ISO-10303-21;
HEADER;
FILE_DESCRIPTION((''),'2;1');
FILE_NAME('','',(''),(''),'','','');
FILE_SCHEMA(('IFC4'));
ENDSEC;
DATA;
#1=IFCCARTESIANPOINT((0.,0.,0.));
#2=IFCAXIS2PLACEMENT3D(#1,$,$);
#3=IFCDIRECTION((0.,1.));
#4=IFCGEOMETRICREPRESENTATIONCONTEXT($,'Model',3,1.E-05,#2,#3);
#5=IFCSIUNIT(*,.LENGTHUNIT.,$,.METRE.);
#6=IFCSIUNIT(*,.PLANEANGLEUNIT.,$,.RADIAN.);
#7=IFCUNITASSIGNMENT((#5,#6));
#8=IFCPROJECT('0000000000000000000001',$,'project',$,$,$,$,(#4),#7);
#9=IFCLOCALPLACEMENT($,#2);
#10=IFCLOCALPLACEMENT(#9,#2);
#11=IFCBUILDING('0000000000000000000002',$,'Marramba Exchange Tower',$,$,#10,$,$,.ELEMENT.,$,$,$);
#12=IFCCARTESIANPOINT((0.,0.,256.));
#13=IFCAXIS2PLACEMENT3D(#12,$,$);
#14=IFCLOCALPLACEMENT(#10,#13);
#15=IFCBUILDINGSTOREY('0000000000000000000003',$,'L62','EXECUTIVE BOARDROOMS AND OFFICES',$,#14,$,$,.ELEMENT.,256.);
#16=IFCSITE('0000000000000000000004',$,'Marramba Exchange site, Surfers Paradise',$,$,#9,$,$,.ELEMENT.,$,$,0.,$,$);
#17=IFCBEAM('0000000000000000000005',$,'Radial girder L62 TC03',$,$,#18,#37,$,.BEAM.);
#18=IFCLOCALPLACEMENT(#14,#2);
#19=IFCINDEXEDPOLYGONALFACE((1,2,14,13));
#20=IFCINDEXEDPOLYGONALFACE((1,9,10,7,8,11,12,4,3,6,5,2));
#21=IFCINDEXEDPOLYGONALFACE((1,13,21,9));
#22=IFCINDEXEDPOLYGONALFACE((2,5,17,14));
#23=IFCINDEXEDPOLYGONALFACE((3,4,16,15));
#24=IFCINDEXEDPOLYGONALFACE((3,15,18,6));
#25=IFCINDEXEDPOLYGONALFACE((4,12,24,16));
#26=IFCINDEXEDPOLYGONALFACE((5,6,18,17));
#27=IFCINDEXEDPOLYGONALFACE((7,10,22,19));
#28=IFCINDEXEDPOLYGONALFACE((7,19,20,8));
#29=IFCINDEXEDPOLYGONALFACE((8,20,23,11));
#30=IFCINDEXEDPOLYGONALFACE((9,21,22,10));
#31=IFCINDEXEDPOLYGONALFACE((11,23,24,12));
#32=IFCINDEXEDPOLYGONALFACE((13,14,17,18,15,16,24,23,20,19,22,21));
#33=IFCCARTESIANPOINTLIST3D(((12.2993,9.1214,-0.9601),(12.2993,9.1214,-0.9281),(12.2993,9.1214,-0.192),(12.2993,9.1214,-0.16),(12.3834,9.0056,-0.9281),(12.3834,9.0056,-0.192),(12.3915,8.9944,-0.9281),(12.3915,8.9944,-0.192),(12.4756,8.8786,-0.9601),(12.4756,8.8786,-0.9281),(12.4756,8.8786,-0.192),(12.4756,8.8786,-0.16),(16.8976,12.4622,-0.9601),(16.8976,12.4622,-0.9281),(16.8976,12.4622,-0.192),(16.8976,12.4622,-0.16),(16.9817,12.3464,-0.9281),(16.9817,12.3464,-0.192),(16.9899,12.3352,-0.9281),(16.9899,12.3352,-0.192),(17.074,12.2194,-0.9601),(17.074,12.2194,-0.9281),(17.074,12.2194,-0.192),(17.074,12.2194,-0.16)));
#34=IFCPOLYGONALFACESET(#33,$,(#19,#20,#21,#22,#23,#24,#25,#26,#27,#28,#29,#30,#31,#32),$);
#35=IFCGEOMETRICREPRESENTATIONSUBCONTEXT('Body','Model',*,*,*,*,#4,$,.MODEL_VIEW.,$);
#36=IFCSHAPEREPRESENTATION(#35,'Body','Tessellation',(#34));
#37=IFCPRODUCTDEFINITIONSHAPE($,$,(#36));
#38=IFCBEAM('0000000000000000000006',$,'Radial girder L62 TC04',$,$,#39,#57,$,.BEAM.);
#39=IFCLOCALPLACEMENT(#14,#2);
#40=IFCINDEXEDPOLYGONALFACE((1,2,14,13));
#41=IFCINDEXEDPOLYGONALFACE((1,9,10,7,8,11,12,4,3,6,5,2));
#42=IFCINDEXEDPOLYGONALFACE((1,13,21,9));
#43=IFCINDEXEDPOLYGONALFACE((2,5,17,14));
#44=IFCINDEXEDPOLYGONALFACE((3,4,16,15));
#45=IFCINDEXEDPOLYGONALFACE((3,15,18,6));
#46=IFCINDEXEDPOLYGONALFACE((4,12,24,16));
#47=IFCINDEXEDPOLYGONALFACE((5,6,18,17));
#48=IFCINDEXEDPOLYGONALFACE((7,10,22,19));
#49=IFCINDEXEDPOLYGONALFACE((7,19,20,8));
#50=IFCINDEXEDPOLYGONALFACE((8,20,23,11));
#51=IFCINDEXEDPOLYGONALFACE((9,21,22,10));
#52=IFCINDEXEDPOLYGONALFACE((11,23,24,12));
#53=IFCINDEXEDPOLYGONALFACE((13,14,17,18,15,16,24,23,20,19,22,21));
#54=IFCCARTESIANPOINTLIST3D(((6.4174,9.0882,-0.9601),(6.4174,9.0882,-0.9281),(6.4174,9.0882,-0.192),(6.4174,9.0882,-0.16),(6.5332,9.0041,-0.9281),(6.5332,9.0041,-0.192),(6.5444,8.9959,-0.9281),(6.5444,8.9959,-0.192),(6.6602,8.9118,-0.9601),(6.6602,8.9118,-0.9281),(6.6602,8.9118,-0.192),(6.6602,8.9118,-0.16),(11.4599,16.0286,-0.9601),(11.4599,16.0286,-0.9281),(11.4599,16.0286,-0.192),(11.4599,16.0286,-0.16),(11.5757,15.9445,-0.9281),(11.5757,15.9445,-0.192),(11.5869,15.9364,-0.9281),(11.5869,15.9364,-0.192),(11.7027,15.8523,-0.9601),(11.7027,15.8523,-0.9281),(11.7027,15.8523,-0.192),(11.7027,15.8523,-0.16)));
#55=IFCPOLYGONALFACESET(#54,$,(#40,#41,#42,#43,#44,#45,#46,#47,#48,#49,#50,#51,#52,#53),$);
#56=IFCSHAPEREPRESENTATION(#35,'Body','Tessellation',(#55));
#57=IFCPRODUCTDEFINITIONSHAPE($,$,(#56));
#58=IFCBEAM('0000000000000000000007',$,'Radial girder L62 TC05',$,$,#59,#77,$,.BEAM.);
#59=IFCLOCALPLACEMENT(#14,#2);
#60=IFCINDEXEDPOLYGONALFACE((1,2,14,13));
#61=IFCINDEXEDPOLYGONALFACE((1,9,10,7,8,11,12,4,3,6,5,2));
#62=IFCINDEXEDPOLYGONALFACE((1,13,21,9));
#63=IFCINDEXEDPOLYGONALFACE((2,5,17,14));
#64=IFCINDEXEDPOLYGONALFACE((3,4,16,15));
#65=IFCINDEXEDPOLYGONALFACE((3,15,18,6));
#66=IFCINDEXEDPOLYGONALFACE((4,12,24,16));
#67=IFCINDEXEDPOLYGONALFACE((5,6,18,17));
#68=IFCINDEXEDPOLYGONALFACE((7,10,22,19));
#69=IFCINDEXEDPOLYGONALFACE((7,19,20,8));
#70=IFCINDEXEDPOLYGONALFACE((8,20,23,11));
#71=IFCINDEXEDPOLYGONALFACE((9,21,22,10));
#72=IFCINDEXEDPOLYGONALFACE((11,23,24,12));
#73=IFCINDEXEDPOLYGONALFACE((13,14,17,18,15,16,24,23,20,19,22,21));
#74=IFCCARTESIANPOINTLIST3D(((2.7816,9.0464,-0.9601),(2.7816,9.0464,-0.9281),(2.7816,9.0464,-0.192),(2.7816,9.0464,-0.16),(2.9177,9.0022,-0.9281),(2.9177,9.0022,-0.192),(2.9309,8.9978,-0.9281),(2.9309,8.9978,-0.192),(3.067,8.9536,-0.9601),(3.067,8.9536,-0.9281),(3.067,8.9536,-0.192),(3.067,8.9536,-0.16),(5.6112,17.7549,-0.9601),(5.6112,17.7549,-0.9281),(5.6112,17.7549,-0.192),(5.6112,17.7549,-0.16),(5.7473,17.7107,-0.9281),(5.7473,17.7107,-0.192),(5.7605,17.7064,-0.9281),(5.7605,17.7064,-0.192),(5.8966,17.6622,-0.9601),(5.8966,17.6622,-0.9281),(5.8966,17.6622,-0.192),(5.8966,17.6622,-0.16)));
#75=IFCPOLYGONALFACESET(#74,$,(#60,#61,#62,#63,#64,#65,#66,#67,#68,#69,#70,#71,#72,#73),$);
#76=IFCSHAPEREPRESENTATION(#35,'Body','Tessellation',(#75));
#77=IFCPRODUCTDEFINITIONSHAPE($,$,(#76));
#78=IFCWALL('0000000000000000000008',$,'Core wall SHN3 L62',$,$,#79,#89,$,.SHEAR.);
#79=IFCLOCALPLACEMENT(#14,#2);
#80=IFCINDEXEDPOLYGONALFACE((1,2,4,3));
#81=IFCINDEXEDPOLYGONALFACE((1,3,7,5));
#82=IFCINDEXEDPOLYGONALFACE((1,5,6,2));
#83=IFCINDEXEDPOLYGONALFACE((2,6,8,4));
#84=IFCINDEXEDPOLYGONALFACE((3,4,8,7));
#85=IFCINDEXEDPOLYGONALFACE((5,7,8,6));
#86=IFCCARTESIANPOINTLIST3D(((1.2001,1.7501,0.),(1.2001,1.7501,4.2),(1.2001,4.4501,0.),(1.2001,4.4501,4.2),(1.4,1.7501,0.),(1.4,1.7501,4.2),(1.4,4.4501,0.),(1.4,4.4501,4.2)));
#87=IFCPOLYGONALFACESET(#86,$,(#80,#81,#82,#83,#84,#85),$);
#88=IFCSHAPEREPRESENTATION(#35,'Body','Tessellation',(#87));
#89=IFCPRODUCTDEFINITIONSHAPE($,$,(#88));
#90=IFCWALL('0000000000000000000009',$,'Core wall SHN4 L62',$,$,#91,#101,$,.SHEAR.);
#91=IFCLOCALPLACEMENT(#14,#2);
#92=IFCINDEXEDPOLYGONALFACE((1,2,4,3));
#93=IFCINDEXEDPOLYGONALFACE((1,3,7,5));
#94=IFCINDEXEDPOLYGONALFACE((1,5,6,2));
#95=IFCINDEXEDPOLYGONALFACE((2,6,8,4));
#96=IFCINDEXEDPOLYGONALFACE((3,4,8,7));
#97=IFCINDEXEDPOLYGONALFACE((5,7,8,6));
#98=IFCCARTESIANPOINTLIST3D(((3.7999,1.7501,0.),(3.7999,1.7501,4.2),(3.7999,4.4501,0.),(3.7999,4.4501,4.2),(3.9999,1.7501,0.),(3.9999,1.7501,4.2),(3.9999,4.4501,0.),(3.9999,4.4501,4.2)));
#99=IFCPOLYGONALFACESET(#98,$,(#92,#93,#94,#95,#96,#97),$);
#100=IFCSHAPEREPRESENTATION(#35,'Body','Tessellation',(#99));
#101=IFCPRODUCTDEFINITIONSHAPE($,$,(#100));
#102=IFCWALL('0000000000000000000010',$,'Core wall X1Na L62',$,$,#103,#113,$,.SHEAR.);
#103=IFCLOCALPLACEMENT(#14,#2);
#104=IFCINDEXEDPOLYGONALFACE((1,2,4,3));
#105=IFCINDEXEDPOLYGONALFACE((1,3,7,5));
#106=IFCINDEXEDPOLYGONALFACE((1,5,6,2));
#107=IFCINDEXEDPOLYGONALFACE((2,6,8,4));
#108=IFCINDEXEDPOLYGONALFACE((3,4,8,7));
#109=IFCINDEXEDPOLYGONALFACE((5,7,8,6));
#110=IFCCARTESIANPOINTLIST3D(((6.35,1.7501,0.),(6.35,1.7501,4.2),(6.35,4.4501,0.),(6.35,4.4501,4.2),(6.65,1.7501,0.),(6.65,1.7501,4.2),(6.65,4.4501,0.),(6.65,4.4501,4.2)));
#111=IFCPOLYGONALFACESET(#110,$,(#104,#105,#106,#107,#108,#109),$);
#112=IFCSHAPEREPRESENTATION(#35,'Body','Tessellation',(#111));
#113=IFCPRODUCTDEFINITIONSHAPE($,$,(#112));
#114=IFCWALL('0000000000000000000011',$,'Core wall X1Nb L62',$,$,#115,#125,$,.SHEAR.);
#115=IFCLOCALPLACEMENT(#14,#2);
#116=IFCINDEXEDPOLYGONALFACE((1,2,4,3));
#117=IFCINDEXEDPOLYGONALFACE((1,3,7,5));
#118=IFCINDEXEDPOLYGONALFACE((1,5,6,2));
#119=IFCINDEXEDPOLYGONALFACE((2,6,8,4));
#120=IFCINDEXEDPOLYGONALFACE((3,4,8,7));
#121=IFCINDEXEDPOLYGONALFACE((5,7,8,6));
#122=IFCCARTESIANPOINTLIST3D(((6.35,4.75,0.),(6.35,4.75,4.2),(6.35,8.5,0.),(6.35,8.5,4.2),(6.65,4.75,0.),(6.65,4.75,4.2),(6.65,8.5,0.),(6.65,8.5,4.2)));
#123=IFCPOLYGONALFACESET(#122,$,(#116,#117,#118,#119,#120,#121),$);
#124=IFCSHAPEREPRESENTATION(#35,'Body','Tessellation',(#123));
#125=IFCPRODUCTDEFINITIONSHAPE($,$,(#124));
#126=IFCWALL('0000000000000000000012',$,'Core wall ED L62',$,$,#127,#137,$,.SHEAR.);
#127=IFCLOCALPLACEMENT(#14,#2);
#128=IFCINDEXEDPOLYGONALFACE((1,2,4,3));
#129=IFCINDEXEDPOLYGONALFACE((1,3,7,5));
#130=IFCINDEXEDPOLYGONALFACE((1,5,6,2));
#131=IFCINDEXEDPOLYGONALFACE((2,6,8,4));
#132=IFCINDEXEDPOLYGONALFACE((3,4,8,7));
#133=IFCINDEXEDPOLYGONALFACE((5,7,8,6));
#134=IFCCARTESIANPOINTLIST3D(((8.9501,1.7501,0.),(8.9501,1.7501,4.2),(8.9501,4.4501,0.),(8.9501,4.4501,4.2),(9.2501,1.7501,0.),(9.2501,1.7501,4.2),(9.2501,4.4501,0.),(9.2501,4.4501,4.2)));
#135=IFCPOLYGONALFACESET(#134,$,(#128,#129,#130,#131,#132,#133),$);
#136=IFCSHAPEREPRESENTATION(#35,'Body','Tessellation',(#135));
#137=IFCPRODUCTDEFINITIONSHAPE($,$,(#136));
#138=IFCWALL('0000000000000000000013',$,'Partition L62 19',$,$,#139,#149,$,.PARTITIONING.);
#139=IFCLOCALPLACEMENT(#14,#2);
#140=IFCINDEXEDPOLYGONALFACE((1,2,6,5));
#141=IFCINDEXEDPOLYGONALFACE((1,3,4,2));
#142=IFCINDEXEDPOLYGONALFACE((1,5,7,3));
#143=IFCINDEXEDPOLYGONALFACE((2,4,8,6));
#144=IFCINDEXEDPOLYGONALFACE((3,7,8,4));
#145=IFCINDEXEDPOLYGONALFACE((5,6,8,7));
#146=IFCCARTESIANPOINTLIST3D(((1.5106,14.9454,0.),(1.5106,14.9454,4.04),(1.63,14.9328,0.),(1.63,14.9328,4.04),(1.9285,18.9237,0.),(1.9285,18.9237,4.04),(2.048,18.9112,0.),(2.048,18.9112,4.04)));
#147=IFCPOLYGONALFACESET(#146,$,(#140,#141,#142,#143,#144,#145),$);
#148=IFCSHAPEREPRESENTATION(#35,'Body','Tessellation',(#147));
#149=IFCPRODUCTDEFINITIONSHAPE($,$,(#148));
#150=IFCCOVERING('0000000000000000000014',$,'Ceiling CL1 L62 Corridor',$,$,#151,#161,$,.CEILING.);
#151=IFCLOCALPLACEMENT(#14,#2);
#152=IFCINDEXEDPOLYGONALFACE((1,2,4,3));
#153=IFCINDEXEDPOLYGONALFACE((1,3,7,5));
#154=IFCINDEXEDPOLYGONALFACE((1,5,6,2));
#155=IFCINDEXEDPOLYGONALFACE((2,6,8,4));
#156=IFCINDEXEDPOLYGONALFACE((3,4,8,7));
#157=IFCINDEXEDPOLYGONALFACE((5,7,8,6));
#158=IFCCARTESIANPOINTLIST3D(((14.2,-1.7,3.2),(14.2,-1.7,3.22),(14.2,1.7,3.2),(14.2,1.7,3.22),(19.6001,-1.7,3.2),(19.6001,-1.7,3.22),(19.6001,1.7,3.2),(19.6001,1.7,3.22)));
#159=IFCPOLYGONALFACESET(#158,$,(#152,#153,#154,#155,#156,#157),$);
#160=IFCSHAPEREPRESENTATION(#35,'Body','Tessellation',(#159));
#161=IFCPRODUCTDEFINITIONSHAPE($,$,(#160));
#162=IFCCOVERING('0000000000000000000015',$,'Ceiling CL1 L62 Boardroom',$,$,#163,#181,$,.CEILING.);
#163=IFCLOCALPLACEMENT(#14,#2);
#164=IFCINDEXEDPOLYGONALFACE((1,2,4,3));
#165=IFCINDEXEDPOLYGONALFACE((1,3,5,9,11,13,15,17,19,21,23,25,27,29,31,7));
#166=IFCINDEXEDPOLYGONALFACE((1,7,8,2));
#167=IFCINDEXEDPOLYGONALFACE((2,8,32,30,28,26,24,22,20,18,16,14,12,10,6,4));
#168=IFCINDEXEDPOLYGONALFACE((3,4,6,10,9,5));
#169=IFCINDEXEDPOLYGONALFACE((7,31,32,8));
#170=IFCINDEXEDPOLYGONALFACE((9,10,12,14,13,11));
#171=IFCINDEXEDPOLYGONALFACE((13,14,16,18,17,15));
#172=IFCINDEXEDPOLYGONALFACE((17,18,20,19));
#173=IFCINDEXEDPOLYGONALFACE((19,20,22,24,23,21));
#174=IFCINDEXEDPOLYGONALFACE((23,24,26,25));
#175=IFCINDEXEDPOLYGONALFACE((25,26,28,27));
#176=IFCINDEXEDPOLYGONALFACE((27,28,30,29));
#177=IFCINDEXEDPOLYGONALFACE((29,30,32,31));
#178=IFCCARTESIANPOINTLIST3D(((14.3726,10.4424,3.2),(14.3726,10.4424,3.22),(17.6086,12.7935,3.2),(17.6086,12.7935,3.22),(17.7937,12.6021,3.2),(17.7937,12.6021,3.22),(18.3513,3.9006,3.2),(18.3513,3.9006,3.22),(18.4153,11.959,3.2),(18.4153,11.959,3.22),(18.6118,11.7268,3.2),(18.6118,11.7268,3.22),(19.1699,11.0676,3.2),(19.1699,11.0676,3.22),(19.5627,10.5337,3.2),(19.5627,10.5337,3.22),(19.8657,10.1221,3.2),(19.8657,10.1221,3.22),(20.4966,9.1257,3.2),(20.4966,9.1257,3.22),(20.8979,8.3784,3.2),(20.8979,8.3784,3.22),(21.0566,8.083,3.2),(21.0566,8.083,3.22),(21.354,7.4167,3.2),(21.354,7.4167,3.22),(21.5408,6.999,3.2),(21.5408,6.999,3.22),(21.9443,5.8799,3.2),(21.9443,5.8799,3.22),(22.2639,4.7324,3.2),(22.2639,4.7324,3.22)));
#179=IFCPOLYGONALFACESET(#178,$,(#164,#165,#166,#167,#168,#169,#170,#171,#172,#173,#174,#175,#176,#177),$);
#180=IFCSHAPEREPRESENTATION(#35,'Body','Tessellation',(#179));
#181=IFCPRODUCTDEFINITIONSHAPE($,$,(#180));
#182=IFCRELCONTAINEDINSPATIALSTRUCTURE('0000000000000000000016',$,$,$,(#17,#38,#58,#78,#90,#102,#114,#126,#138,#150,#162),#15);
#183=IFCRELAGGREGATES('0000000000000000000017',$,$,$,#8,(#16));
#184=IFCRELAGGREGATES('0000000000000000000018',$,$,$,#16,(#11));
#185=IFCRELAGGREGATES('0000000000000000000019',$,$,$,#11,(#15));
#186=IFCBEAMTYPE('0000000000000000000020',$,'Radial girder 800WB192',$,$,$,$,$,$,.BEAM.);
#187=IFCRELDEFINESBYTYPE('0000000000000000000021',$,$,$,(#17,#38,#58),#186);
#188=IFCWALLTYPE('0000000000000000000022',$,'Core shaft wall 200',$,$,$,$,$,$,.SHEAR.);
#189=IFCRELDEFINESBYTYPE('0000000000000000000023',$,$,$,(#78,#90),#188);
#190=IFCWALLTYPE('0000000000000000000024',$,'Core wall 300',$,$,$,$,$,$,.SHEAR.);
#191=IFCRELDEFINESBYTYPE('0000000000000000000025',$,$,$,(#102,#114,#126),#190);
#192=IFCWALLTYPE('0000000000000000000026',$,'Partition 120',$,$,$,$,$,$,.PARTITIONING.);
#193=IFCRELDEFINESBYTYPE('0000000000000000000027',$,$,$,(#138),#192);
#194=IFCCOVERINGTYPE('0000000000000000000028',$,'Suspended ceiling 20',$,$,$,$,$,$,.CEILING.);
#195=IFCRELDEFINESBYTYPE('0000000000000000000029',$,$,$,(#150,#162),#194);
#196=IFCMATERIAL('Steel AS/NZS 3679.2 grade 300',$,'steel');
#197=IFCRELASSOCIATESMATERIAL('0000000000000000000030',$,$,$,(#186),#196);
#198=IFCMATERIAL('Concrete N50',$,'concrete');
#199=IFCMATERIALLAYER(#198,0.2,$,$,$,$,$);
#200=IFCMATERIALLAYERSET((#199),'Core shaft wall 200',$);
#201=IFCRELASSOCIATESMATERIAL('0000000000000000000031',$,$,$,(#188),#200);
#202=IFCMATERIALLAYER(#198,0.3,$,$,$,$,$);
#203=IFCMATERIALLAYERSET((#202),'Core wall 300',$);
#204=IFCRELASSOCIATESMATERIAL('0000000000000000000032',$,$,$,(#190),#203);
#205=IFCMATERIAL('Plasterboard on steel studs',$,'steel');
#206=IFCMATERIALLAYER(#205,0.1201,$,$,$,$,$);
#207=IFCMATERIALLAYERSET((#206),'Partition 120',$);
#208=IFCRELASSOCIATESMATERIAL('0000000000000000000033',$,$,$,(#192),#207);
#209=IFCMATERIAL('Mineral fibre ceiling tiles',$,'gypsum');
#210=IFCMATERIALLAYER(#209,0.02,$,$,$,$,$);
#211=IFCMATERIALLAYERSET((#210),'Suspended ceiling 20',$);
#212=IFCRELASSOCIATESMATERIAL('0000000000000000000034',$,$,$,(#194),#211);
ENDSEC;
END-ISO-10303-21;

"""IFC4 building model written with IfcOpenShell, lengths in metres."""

from ifc_helpers import new_model, si_unit, direction, frame, frame_2d, origin, origin_2d, place, context, subcontext, project, spatial, polyline, rectangle, i_section, outline, extrude, material, layer, layer_set, material_profile, profile_set, type_object, element, save


model = new_model("IFC4")

# Units and contexts
model_context = context("Model", 3, precision=1e-05, world=origin(), true_north=direction((0.0, 1.0)))
body_context = subcontext(model_context, "Body", "Model", "MODEL_VIEW")
ifc_project = project(units=[si_unit("LENGTHUNIT", "METRE"), si_unit("PLANEANGLEUNIT", "RADIAN")], contexts=[model_context])

# Site, building, storey
site_placement = place(None, origin())
site = spatial("IfcSite", under=ifc_project, at=site_placement, Name="Marramba Exchange site, Surfers Paradise", CompositionType="ELEMENT", RefElevation=0.0)
building_placement = place(site_placement, origin())
building = spatial("IfcBuilding", under=site, at=building_placement, Name="Marramba Exchange Tower", CompositionType="ELEMENT")
storey_placement = place(building_placement, frame((0.0, 0.0, 256.0)))
storey = spatial("IfcBuildingStorey", under=building, at=storey_placement, Name="L62", Description="EXECUTIVE BOARDROOMS AND OFFICES", CompositionType="ELEMENT", Elevation=256.0)

# Beams
ifc_material_1 = material(Name="Steel AS/NZS 3679.2 grade 300", Category="steel")
ifc_material_profile_1 = material_profile(ifc_material_1, i_section(OverallWidth=0.3, OverallDepth=0.8, WebThickness=0.0139, FlangeThickness=0.032, at=origin_2d()), Name="800WB192")
ifc_profile_set_1 = profile_set([ifc_material_profile_1], Name="Steel AS/NZS 3679.2 grade 300")
beam_type_1 = type_object("IfcBeamType", Name="Radial girder 800WB192", PredefinedType="BEAM", material=ifc_profile_set_1)
beam_1_placement = place(storey_placement, frame((12.3875, 9.0, -0.5601), z_axis=(0.809026, 0.587773, 0.0), x_axis=(-0.587773, 0.809026, 0.0)))
element("IfcBeam", 1, at=beam_1_placement, inside=storey, type_object=beam_type_1, Name="Radial girder L62 TC03", PredefinedType="BEAM", context=body_context, shape_type="SweptSolid", body=[
    extrude(i_section(OverallWidth=0.3, OverallDepth=0.8, WebThickness=0.0139, FlangeThickness=0.032, at=origin_2d()), origin(), (0.0, 0.0, 1.0), 5.6838),
])
beam_2_placement = place(storey_placement, frame((6.5388, 9.0, -0.5601), z_axis=(0.587782, 0.809019, 0.0), x_axis=(-0.809019, 0.587782, 0.0)))
element("IfcBeam", 2, at=beam_2_placement, inside=storey, type_object=beam_type_1, Name="Radial girder L62 TC04", PredefinedType="BEAM", context=body_context, shape_type="SweptSolid", body=[
    extrude(i_section(OverallWidth=0.3, OverallDepth=0.8, WebThickness=0.0139, FlangeThickness=0.032, at=origin_2d()), origin(), (0.0, 0.0, 1.0), 8.5789),
])
beam_3_placement = place(storey_placement, frame((2.9243, 9.0, -0.5601), z_axis=(0.30902, 0.951056, 0.0), x_axis=(-0.951056, 0.30902, 0.0)))
element("IfcBeam", 3, at=beam_3_placement, inside=storey, type_object=beam_type_1, Name="Radial girder L62 TC05", PredefinedType="BEAM", context=body_context, shape_type="SweptSolid", body=[
    extrude(i_section(OverallWidth=0.3, OverallDepth=0.8, WebThickness=0.0139, FlangeThickness=0.032, at=origin_2d()), origin(), (0.0, 0.0, 1.0), 9.1567),
])

# Walls
ifc_material_2 = material(Name="Concrete N50", Category="concrete")
ifc_layer_1 = layer(ifc_material_2, 0.2)
ifc_layer_set_1 = layer_set([ifc_layer_1], Name="Core shaft wall 200")
wall_type_1 = type_object("IfcWallType", Name="Core shaft wall 200", PredefinedType="SHEAR", material=ifc_layer_set_1)
for number, where, z_axis, x_axis, name in (
    (4, (1.3, 1.75, 0.0), (0.0, 0.0, 1.0), (0.0, 1.0, 0.0), "Core wall SHN3 L62"),
    (5, (3.8999, 1.75, 0.0), (0.0, 0.0, 1.0), (0.0, 1.0, 0.0), "Core wall SHN4 L62"),
):
    element("IfcWall", number, at=place(storey_placement, frame(where, z_axis=z_axis, x_axis=x_axis)), inside=storey, type_object=wall_type_1, Name=name, PredefinedType="SHEAR", context=body_context, shape_type="SweptSolid", body=[
        extrude(rectangle(XDim=2.7, YDim=0.2, at=frame_2d((1.3501, 0.0))), origin(), (0.0, 0.0, 1.0), 4.2),
    ])
ifc_layer_2 = layer(ifc_material_2, 0.3)
ifc_layer_set_2 = layer_set([ifc_layer_2], Name="Core wall 300")
wall_type_2 = type_object("IfcWallType", Name="Core wall 300", PredefinedType="SHEAR", material=ifc_layer_set_2)
wall_1_placement = place(storey_placement, frame((6.5, 1.75, 0.0), z_axis=(0.0, 0.0, 1.0), x_axis=(0.0, 1.0, 0.0)))
element("IfcWall", 6, at=wall_1_placement, inside=storey, type_object=wall_type_2, Name="Core wall X1Na L62", PredefinedType="SHEAR", context=body_context, shape_type="SweptSolid", body=[
    extrude(rectangle(XDim=2.7, YDim=0.3, at=frame_2d((1.3501, 0.0))), origin(), (0.0, 0.0, 1.0), 4.2),
])
wall_2_placement = place(storey_placement, frame((6.5, 4.75, 0.0), z_axis=(0.0, 0.0, 1.0), x_axis=(0.0, 1.0, 0.0)))
element("IfcWall", 7, at=wall_2_placement, inside=storey, type_object=wall_type_2, Name="Core wall X1Nb L62", PredefinedType="SHEAR", context=body_context, shape_type="SweptSolid", body=[
    extrude(rectangle(XDim=3.75, YDim=0.3, at=frame_2d((1.875, 0.0))), origin(), (0.0, 0.0, 1.0), 4.2),
])
wall_3_placement = place(storey_placement, frame((9.1001, 1.75, 0.0), z_axis=(0.0, 0.0, 1.0), x_axis=(0.0, 1.0, 0.0)))
element("IfcWall", 8, at=wall_3_placement, inside=storey, type_object=wall_type_2, Name="Core wall ED L62", PredefinedType="SHEAR", context=body_context, shape_type="SweptSolid", body=[
    extrude(rectangle(XDim=2.7, YDim=0.3, at=frame_2d((1.3501, 0.0))), origin(), (0.0, 0.0, 1.0), 4.2),
])
ifc_material_3 = material(Name="Plasterboard on steel studs", Category="steel")
ifc_layer_3 = layer(ifc_material_3, 0.1201)
ifc_layer_set_3 = layer_set([ifc_layer_3], Name="Partition 120")
wall_type_3 = type_object("IfcWallType", Name="Partition 120", PredefinedType="PARTITIONING", material=ifc_layer_set_3)
wall_4_placement = place(storey_placement, frame((1.5703, 14.9392, 0.0), z_axis=(0.0, 0.0, 1.0), x_axis=(0.104488, 0.994526, 0.0)))
element("IfcWall", 9, at=wall_4_placement, inside=storey, type_object=wall_type_3, Name="Partition L62 19", PredefinedType="PARTITIONING", context=body_context, shape_type="SweptSolid", body=[
    extrude(rectangle(XDim=4.0002, YDim=0.1201, at=frame_2d((2.0, 0.0))), origin(), (0.0, 0.0, 1.0), 4.04),
])

# Coverings
ifc_material_4 = material(Name="Mineral fibre ceiling tiles", Category="gypsum")
ifc_layer_4 = layer(ifc_material_4, 0.02)
ifc_layer_set_4 = layer_set([ifc_layer_4], Name="Suspended ceiling 20")
covering_type = type_object("IfcCoveringType", Name="Suspended ceiling 20", PredefinedType="CEILING", material=ifc_layer_set_4)
covering_1_placement = place(storey_placement, frame((0.0, 0.0, 3.2)))
element("IfcCovering", 10, at=covering_1_placement, inside=storey, type_object=covering_type, Name="Ceiling CL1 L62 Corridor", PredefinedType="CEILING", context=body_context, shape_type="SweptSolid", body=[
    extrude(outline(polyline([(14.2, -1.7), (14.2, 1.7), (19.6001, 1.7), (19.6001, -1.7), (14.2, -1.7)])), origin(), (0.0, 0.0, 1.0), 0.02),
])
covering_2_placement = place(storey_placement, frame((0.0, 0.0, 3.2)))
element("IfcCovering", 11, at=covering_2_placement, inside=storey, type_object=covering_type, Name="Ceiling CL1 L62 Boardroom", PredefinedType="CEILING", context=body_context, shape_type="SweptSolid", body=[
    extrude(outline(polyline([(17.7937, 12.6021), (18.4153, 11.959), (18.6118, 11.7268), (19.1699, 11.0676), (19.5627, 10.5337), (19.8657, 10.1221), (20.4966, 9.1257), (20.8979, 8.3784), (21.0566, 8.083), (21.354, 7.4167), (21.5408, 6.999), (21.9443, 5.8799), (22.2639, 4.7324), (18.3513, 3.9006), (14.3726, 10.4424), (17.6086, 12.7935), (17.7937, 12.6021)])), origin(), (0.0, 0.0, 1.0), 0.02),
])

save(model, "model.ifc")
